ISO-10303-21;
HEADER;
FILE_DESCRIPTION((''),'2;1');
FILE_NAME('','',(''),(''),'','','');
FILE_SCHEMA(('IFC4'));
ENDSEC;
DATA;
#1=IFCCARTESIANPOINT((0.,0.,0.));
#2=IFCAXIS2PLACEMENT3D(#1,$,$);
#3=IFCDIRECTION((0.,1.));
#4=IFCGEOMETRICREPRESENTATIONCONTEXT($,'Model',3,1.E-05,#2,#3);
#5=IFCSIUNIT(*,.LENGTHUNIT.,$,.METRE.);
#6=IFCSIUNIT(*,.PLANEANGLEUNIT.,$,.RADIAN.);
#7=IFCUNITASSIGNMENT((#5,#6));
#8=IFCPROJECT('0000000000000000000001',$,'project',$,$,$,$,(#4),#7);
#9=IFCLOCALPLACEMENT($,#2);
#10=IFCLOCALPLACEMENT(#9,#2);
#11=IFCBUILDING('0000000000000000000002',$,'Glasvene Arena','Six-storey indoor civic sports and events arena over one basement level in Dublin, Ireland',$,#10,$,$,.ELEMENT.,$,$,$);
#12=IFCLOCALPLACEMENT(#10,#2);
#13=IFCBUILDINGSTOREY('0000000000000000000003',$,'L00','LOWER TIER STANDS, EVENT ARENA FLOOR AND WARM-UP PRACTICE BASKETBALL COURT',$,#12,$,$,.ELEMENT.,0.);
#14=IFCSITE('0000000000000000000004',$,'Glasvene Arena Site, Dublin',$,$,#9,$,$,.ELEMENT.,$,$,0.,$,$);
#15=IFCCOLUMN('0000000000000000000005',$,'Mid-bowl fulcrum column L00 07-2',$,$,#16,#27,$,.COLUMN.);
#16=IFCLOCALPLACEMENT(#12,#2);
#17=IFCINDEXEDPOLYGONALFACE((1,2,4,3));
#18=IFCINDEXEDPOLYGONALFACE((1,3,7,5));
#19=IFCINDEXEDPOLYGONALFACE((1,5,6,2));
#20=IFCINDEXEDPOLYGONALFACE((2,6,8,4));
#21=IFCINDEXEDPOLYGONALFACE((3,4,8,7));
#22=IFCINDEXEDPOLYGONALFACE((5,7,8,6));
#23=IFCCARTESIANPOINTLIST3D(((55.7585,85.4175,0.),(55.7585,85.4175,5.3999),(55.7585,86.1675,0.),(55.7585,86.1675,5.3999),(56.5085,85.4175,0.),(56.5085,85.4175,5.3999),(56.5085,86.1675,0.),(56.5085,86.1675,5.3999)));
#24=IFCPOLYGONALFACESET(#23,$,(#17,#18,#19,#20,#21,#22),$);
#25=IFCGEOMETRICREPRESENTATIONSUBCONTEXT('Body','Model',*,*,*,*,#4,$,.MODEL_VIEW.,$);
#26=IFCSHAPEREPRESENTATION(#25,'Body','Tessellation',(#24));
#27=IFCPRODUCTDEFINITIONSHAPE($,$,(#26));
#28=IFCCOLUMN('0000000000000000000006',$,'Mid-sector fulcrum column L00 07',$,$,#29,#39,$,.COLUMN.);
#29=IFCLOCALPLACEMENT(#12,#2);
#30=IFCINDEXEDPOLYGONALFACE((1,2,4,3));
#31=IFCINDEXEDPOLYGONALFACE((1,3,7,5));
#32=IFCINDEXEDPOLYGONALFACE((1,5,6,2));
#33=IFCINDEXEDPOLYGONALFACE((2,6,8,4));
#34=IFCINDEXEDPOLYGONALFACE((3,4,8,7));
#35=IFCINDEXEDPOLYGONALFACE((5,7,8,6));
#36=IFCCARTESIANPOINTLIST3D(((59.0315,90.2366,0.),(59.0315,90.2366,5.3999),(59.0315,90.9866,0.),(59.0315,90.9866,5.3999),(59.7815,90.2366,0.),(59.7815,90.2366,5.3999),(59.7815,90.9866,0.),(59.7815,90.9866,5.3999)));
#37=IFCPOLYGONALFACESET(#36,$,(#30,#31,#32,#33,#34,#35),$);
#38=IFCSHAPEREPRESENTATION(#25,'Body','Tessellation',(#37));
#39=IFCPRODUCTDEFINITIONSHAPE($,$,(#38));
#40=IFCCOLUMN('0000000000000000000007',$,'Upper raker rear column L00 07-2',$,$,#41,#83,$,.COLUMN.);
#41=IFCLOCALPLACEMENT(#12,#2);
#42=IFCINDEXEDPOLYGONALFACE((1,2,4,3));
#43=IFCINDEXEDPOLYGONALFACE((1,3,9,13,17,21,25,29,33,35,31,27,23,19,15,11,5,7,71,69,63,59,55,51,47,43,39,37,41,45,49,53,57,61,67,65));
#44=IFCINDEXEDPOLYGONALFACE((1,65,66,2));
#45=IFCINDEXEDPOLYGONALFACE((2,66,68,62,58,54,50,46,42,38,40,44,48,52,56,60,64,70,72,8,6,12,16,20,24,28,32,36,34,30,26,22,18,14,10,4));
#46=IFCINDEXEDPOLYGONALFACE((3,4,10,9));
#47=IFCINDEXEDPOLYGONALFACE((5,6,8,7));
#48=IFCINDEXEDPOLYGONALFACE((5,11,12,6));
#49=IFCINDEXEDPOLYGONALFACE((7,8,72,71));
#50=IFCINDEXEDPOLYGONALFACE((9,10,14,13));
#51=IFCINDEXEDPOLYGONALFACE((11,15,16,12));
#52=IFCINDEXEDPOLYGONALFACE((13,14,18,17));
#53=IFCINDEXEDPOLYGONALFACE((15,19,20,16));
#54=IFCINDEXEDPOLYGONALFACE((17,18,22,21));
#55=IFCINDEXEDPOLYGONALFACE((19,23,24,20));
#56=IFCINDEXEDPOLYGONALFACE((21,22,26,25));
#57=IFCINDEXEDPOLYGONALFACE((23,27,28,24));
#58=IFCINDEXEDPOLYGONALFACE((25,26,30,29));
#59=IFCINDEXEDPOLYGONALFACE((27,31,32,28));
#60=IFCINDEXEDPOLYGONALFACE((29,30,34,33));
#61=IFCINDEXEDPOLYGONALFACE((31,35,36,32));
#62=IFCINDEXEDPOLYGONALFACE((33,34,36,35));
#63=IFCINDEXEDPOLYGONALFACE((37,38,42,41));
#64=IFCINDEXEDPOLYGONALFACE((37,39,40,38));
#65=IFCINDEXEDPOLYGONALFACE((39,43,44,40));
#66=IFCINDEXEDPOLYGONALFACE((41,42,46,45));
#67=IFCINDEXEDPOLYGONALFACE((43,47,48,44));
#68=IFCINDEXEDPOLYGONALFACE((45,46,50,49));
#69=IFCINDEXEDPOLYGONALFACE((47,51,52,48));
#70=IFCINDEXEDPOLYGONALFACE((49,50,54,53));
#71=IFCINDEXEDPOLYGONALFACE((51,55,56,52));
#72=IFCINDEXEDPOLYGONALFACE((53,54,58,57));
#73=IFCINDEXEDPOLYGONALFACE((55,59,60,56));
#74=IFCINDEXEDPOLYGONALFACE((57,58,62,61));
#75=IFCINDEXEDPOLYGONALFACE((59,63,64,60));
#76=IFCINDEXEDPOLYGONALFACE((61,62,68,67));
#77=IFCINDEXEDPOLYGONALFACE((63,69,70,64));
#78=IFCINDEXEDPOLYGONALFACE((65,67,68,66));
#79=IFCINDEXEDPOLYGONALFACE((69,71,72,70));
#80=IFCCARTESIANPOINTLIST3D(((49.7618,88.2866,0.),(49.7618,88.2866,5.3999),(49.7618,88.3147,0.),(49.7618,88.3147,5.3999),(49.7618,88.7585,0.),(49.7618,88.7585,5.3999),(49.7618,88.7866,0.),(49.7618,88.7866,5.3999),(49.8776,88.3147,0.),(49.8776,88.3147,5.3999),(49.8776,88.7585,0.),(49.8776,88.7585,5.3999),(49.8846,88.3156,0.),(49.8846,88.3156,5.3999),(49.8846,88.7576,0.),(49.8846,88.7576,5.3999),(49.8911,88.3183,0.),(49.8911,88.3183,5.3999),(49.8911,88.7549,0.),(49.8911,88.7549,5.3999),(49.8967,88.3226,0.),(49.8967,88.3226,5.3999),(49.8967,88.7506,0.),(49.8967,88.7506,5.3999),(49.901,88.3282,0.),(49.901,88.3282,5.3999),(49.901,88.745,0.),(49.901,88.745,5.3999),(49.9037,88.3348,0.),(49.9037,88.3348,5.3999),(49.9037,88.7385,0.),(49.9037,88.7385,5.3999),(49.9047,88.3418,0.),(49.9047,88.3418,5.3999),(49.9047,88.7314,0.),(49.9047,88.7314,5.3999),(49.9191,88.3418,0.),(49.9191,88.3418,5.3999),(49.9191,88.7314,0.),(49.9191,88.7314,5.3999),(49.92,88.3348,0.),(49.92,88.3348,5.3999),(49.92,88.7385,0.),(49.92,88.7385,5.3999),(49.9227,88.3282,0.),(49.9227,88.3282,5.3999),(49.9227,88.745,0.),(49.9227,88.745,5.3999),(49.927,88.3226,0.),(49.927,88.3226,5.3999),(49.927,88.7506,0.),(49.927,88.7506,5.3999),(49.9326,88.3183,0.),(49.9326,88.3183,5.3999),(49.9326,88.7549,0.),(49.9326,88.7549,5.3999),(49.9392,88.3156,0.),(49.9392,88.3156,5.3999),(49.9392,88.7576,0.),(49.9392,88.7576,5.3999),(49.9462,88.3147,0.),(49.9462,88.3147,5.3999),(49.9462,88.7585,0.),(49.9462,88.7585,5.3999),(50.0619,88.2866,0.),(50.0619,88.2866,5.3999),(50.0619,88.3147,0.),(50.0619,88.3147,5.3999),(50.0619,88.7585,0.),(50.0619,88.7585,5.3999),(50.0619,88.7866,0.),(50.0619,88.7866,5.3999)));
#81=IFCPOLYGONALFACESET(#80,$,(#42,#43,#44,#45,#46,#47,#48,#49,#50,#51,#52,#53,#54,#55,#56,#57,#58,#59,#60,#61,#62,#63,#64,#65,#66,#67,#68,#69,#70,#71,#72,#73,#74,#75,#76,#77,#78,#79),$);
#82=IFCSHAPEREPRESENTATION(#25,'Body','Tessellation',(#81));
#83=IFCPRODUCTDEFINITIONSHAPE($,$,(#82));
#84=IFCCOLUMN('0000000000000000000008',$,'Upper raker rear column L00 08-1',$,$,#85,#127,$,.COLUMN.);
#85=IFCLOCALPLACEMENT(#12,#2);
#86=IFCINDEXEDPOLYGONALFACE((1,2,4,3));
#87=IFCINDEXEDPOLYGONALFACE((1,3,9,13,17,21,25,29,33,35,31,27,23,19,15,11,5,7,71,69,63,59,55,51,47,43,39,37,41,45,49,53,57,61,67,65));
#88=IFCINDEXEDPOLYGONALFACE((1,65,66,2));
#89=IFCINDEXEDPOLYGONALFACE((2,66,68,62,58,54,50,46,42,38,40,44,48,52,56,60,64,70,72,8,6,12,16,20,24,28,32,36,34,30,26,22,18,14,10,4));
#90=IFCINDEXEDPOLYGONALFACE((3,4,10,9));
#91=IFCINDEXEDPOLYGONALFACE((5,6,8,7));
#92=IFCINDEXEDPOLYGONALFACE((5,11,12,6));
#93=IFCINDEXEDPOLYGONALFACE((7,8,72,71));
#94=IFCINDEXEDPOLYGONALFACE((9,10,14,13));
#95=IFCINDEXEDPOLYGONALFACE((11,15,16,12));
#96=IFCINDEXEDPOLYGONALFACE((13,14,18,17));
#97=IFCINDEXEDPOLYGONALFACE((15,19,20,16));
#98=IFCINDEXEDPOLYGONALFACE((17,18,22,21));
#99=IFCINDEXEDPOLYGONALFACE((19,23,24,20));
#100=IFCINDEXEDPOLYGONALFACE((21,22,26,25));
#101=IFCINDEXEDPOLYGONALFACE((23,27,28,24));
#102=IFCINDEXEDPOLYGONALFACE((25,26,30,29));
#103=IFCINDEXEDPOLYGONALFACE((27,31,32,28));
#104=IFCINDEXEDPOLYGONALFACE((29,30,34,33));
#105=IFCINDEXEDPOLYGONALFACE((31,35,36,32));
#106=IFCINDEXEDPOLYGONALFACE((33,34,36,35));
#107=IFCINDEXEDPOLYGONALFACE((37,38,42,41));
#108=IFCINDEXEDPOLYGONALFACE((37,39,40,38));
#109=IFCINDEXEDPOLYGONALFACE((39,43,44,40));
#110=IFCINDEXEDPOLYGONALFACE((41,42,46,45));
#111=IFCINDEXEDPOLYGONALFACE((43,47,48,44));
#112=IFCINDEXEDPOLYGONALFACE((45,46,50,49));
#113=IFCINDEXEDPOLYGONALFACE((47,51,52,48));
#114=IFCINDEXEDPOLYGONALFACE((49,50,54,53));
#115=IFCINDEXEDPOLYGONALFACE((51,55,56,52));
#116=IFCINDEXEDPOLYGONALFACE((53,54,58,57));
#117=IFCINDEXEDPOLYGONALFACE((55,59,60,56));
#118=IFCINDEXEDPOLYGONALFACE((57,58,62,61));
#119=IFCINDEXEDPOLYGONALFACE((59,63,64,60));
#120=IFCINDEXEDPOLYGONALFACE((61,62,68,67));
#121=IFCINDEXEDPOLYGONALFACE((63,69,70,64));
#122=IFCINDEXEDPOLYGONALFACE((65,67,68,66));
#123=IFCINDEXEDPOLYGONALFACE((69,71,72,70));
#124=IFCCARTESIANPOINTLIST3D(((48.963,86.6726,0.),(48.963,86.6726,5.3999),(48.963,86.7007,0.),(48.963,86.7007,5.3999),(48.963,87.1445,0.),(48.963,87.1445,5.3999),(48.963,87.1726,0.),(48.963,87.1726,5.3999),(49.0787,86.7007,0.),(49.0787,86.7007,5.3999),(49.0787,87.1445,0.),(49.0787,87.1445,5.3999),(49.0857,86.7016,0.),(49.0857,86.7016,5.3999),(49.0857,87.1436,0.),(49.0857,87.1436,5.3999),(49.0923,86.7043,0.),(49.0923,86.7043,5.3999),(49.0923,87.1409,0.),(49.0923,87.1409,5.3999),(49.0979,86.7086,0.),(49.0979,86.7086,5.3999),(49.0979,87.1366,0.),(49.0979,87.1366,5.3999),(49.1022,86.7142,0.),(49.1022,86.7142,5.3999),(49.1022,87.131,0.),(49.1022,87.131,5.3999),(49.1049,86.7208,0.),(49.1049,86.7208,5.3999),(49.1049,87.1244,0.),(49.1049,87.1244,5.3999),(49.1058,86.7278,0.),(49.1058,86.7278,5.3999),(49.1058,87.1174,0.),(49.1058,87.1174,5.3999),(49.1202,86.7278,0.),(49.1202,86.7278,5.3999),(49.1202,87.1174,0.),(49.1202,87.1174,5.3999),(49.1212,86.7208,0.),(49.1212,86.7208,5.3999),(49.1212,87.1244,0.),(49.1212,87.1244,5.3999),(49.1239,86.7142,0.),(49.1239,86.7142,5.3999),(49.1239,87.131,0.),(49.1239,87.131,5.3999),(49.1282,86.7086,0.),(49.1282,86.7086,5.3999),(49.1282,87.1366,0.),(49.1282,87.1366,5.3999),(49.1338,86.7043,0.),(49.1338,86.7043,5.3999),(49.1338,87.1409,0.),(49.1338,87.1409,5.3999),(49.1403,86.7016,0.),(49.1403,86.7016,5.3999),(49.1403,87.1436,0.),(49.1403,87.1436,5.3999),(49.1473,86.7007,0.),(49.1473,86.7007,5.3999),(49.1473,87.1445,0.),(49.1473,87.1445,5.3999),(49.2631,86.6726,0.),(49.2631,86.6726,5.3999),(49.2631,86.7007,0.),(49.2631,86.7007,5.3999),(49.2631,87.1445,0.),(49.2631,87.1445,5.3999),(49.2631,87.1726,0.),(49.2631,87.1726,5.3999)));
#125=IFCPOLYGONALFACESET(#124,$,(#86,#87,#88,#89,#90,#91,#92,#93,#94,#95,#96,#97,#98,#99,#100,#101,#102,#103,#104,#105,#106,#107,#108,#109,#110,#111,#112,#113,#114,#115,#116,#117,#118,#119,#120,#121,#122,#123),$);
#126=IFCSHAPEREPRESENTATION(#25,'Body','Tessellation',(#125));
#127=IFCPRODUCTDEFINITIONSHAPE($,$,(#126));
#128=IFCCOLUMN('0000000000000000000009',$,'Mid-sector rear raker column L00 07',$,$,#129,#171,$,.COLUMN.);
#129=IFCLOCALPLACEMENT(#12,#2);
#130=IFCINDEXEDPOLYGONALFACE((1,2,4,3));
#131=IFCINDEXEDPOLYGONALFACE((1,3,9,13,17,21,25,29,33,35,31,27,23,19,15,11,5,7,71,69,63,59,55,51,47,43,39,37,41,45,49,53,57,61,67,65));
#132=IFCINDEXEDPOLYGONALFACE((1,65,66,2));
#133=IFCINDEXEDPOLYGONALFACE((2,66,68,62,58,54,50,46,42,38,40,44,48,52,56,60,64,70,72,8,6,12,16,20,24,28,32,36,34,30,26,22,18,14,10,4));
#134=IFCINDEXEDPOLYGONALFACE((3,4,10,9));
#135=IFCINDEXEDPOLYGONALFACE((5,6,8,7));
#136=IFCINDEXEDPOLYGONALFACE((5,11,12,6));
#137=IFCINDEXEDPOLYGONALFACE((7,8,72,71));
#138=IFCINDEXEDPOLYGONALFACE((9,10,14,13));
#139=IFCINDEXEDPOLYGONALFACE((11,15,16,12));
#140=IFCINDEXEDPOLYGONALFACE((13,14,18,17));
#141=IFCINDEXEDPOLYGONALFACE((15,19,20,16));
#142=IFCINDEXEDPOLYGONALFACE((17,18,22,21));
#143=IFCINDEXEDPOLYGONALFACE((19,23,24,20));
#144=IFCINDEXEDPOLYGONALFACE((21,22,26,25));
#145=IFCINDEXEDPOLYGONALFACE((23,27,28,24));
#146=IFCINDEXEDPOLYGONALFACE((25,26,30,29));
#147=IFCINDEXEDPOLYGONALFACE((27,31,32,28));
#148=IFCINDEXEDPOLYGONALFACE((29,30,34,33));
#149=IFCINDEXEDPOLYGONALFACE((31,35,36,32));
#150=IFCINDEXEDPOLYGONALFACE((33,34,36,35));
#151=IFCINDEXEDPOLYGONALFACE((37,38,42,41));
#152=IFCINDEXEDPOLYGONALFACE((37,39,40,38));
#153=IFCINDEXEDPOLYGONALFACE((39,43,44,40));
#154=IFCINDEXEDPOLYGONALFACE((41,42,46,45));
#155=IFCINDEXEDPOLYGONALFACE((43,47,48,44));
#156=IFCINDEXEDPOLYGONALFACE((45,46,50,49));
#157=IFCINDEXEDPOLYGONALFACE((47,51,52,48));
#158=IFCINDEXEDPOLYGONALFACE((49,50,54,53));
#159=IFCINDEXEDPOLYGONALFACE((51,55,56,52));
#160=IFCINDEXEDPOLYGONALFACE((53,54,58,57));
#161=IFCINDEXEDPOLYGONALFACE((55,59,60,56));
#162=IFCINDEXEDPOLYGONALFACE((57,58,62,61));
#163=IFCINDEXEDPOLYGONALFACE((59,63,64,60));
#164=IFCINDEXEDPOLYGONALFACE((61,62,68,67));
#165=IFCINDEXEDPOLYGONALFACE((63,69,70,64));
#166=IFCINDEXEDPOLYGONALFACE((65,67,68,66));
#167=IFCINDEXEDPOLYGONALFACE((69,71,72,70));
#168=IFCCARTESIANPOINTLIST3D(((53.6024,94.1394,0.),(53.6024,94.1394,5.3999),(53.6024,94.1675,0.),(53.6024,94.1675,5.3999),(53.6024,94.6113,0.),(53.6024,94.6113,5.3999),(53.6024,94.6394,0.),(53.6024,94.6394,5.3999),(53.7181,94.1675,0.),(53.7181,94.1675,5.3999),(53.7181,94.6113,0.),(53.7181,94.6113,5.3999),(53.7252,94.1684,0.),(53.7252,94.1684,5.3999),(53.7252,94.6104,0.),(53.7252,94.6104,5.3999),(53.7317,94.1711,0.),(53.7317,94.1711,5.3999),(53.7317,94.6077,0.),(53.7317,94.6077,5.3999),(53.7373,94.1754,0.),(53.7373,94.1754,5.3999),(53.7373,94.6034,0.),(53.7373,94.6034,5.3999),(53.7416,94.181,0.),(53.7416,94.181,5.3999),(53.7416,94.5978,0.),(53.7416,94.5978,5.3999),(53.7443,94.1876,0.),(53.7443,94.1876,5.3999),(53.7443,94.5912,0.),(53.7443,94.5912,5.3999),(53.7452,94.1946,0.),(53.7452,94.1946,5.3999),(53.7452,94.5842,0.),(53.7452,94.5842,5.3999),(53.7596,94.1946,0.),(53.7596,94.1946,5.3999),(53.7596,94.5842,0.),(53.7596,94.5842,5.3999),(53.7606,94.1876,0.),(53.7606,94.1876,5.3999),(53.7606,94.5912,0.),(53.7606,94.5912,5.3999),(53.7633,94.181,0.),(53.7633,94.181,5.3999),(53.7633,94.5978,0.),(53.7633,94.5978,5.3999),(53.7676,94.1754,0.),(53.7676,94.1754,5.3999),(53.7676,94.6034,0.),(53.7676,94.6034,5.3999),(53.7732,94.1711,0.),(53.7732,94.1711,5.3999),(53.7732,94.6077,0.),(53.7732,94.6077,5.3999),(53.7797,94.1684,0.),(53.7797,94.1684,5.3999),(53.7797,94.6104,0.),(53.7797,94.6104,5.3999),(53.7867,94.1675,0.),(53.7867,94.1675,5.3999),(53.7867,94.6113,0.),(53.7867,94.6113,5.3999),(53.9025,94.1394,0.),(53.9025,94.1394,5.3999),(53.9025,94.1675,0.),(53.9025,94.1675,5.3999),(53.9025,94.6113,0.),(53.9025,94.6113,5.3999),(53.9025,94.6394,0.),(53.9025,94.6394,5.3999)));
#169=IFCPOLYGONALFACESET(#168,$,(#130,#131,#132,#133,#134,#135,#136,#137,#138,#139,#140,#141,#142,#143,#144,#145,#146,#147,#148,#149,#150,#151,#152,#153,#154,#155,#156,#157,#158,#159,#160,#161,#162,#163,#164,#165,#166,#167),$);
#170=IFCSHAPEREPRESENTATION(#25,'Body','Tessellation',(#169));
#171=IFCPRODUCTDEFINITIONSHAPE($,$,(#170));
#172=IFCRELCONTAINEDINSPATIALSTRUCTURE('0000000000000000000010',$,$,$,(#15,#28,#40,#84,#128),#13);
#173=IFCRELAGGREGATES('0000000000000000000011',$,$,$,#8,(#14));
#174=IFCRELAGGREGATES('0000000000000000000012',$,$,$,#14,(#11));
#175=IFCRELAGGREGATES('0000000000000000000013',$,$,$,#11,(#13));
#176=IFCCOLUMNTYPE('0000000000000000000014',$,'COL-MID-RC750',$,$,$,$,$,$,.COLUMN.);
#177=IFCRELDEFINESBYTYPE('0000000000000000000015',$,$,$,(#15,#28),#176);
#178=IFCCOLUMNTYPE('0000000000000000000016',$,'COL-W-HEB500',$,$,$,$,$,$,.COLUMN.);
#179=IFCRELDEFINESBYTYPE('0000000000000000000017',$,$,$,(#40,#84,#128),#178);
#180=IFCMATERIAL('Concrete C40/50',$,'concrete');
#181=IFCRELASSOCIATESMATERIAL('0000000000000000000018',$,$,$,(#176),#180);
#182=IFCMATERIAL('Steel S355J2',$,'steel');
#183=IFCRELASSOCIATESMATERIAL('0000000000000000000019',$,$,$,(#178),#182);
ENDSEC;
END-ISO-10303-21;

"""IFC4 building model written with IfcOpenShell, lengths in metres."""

from ifc_helpers import new_model, si_unit, direction, frame, origin, origin_2d, place, context, subcontext, project, spatial, rectangle, i_section, extrude, material, material_profile, profile_set, type_object, element, save


model = new_model("IFC4")

# Units and contexts
model_context = context("Model", 3, precision=1e-05, world=origin(), true_north=direction((0.0, 1.0)))
body_context = subcontext(model_context, "Body", "Model", "MODEL_VIEW")
ifc_project = project(units=[si_unit("LENGTHUNIT", "METRE"), si_unit("PLANEANGLEUNIT", "RADIAN")], contexts=[model_context])

# Site, building, storey
site_placement = place(None, origin())
site = spatial("IfcSite", under=ifc_project, at=site_placement, Name="Glasvene Arena Site, Dublin", CompositionType="ELEMENT", RefElevation=0.0)
building_placement = place(site_placement, origin())
building = spatial("IfcBuilding", under=site, at=building_placement, Name="Glasvene Arena", Description="Six-storey indoor civic sports and events arena over one basement level in Dublin, Ireland", CompositionType="ELEMENT")
storey_placement = place(building_placement, origin())
storey = spatial("IfcBuildingStorey", under=building, at=storey_placement, Name="L00", Description="LOWER TIER STANDS, EVENT ARENA FLOOR AND WARM-UP PRACTICE BASKETBALL COURT", CompositionType="ELEMENT", Elevation=0.0)

# Columns
ifc_material_1 = material(Name="Concrete C40/50", Category="concrete")
ifc_material_profile_1 = material_profile(ifc_material_1, rectangle(XDim=0.75, YDim=0.75, at=origin_2d()), Name="RC 750x750")
ifc_profile_set_1 = profile_set([ifc_material_profile_1], Name="Concrete C40/50")
column_type_1 = type_object("IfcColumnType", Name="COL-MID-RC750", PredefinedType="COLUMN", material=ifc_profile_set_1)
for number, where, z_axis, x_axis, name in (
    (1, (56.1335, 85.7925, 0.0), (0.0, 0.0, 1.0), (1.0, 0.0, 0.0), "Mid-bowl fulcrum column L00 07-2"),
    (2, (59.4065, 90.6116, 0.0), (0.0, 0.0, 1.0), (1.0, 0.0, 0.0), "Mid-sector fulcrum column L00 07"),
):
    element("IfcColumn", number, at=place(storey_placement, frame(where, z_axis=z_axis, x_axis=x_axis)), inside=storey, type_object=column_type_1, Name=name, PredefinedType="COLUMN", context=body_context, shape_type="SweptSolid", body=[
        extrude(rectangle(XDim=0.75, YDim=0.75, at=origin_2d()), origin(), (0.0, 0.0, 1.0), 5.3999),
    ])
ifc_material_2 = material(Name="Steel S355J2", Category="steel")
ifc_material_profile_2 = material_profile(ifc_material_2, i_section(OverallWidth=0.3, OverallDepth=0.5, WebThickness=0.0144, FlangeThickness=0.0281, FilletRadius=0.0271, at=origin_2d()), Name="HEB 500")
ifc_profile_set_2 = profile_set([ifc_material_profile_2], Name="Steel S355J2")
column_type_2 = type_object("IfcColumnType", Name="COL-W-HEB500", PredefinedType="COLUMN", material=ifc_profile_set_2)
for number, where, z_axis, x_axis, name in (
    (3, (49.9119, 88.5366, 0.0), (0.0, 0.0, 1.0), (1.0, 0.0, 0.0), "Upper raker rear column L00 07-2"),
    (4, (49.113, 86.9226, 0.0), (0.0, 0.0, 1.0), (1.0, 0.0, 0.0), "Upper raker rear column L00 08-1"),
    (5, (53.7524, 94.3894, 0.0), (0.0, 0.0, 1.0), (1.0, 0.0, 0.0), "Mid-sector rear raker column L00 07"),
):
    element("IfcColumn", number, at=place(storey_placement, frame(where, z_axis=z_axis, x_axis=x_axis)), inside=storey, type_object=column_type_2, Name=name, PredefinedType="COLUMN", context=body_context, shape_type="SweptSolid", body=[
        extrude(i_section(OverallWidth=0.3, OverallDepth=0.5, WebThickness=0.0144, FlangeThickness=0.0281, FilletRadius=0.0271, at=origin_2d()), origin(), (0.0, 0.0, 1.0), 5.3999),
    ])

save(model, "model.ifc")
